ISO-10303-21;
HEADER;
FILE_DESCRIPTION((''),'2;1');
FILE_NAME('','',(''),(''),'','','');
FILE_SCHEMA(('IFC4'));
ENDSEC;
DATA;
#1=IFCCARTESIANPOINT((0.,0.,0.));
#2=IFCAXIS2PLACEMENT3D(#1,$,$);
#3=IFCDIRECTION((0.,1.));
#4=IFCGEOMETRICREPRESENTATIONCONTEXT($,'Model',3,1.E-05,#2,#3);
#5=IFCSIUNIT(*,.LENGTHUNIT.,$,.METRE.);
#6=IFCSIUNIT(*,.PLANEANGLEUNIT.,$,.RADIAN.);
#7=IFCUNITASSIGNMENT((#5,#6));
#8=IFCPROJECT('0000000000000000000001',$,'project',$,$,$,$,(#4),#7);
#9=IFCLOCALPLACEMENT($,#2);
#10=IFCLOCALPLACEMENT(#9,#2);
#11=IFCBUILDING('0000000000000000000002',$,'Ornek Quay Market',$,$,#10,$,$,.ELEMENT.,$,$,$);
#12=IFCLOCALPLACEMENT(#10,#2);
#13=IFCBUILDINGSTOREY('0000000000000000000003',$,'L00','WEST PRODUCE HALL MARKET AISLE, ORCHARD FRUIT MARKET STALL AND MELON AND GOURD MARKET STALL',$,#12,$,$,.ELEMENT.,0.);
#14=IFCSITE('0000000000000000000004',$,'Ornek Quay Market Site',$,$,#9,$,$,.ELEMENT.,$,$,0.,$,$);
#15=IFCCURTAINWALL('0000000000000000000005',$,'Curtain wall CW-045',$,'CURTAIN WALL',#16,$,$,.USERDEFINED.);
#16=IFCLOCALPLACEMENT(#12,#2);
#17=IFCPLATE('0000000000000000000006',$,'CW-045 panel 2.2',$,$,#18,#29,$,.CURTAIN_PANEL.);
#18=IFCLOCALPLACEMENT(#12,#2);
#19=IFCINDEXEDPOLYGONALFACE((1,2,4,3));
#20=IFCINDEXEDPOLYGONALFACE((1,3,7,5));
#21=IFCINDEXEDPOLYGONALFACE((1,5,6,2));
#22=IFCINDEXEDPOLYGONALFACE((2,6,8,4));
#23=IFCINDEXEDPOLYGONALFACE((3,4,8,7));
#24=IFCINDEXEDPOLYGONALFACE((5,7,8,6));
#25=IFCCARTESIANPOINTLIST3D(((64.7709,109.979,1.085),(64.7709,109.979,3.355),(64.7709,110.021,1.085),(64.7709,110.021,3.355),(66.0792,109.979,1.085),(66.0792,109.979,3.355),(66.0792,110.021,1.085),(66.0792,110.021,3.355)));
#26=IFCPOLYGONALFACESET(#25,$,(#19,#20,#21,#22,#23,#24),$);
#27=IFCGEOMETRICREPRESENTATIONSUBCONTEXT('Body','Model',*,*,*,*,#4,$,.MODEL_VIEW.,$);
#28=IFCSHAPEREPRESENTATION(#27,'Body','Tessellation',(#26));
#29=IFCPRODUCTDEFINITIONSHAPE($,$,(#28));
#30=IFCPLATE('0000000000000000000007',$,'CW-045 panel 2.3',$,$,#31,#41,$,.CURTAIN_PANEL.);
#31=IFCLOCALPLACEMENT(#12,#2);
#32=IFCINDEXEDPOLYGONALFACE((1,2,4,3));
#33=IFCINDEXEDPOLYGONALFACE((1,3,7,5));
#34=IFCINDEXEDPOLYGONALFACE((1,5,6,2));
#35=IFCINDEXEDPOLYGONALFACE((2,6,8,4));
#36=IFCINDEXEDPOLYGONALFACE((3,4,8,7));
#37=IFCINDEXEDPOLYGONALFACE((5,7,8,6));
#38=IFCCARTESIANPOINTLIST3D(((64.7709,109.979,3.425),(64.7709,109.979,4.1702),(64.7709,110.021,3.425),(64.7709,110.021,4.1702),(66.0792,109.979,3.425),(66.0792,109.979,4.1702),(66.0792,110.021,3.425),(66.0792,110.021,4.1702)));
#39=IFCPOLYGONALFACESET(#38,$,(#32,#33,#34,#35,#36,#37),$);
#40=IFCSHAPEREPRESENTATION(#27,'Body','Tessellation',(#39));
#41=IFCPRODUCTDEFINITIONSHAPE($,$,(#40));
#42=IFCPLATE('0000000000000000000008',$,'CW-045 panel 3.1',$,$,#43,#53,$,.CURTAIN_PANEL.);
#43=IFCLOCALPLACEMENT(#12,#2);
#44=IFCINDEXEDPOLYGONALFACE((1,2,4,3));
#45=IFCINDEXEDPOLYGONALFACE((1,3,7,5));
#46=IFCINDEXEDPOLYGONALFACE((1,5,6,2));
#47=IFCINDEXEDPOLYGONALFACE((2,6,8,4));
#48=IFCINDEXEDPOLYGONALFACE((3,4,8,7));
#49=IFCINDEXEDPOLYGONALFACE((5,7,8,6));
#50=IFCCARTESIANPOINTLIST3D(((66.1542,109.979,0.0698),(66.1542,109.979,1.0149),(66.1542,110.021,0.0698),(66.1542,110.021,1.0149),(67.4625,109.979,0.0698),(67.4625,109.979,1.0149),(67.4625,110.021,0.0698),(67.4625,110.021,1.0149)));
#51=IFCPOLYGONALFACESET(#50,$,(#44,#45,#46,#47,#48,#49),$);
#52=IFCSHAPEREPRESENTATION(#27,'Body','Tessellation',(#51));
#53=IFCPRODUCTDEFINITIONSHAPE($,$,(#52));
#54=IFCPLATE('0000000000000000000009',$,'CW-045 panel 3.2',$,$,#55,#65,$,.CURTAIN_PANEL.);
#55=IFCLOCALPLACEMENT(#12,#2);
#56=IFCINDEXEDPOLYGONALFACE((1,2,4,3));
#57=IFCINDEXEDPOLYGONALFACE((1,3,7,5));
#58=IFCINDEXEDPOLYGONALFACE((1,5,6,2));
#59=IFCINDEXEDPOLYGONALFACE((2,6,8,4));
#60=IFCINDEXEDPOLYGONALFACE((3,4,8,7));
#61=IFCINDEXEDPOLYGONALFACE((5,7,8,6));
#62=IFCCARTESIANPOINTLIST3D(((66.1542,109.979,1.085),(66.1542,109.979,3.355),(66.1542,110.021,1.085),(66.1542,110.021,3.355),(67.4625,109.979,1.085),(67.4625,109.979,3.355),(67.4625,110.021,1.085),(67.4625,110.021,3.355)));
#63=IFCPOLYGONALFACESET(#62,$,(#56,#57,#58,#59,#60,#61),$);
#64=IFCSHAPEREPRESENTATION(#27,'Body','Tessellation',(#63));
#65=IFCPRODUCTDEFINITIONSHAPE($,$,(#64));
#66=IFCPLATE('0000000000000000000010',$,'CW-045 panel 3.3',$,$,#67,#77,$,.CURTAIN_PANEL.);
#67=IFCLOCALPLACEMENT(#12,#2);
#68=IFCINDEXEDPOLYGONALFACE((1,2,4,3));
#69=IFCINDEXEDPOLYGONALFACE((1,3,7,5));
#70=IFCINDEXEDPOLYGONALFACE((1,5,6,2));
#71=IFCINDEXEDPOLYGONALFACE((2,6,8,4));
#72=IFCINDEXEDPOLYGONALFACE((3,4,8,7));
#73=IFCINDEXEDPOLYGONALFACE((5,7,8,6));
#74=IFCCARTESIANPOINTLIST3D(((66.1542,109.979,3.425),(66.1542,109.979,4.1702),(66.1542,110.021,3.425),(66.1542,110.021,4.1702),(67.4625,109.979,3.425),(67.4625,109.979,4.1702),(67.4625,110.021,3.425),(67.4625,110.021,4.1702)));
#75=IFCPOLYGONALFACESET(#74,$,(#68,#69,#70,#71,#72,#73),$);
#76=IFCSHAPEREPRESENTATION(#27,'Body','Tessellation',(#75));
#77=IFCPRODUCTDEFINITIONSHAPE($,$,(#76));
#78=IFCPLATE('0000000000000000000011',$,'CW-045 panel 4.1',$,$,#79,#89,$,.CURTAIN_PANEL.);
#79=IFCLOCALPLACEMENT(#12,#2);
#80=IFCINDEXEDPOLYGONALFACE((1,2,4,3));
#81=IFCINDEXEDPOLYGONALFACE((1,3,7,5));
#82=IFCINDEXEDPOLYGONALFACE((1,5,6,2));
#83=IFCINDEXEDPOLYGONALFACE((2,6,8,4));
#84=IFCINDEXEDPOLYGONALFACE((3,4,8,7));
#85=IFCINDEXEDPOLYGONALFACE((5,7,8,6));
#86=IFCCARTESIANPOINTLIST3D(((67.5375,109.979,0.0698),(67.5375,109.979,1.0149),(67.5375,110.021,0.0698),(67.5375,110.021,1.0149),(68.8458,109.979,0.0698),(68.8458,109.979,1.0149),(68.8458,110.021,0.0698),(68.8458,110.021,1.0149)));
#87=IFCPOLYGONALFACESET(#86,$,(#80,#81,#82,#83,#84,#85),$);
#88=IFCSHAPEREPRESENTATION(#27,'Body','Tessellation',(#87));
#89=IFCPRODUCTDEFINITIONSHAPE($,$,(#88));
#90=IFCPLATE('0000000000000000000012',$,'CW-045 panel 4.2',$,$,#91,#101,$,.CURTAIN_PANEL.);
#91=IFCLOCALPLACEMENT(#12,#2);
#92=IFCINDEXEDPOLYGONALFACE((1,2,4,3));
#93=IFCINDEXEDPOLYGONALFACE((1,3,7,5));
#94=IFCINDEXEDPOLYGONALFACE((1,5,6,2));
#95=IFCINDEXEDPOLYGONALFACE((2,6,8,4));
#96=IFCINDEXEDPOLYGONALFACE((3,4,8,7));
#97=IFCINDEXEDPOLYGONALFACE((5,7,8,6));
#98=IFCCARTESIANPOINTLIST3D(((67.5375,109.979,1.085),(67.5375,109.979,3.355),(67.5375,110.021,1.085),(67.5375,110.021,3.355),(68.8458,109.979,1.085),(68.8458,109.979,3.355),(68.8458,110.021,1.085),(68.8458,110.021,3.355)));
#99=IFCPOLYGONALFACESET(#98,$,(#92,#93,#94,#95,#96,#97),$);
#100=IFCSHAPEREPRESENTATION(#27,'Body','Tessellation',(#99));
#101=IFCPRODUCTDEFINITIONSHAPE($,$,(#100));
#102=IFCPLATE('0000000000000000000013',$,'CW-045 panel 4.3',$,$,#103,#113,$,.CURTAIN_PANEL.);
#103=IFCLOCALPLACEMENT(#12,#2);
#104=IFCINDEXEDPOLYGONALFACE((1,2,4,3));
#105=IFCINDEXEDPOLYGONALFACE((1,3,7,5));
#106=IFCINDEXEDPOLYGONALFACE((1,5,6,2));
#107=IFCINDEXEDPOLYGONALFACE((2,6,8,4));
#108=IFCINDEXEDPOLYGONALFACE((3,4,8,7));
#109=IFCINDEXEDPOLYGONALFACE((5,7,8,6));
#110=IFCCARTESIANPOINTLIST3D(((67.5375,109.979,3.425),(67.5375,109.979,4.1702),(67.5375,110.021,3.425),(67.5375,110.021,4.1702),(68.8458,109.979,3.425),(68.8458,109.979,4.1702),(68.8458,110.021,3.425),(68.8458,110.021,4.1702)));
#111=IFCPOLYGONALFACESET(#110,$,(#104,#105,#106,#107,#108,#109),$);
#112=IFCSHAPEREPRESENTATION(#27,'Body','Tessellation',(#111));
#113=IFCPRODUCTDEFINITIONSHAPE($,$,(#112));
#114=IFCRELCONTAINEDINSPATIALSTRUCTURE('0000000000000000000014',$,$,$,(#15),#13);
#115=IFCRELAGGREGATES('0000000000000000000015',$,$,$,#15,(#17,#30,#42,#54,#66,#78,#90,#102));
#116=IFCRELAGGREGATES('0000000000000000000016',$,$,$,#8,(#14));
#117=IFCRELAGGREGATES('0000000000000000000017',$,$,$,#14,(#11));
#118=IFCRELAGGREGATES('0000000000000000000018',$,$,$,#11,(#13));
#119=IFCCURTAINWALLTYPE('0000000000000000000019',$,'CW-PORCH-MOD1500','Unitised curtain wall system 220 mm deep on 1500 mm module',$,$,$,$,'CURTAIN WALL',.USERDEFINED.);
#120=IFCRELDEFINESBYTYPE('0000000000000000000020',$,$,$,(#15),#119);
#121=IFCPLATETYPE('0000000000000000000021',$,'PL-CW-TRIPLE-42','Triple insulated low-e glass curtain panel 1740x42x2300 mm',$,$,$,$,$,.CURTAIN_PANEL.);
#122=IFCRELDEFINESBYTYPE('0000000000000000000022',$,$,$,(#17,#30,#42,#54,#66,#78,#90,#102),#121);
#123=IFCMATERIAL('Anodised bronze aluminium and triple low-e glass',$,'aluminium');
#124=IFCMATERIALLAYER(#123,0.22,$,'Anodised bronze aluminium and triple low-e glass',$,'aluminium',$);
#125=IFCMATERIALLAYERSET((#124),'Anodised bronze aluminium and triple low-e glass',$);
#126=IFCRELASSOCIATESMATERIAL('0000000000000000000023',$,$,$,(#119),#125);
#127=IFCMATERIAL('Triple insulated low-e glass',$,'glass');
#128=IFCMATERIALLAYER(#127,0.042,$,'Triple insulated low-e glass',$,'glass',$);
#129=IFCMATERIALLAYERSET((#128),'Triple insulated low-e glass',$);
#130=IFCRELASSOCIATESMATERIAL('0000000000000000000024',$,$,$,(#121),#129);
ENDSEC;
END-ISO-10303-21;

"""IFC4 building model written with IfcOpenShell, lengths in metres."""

from ifc_helpers import new_model, si_unit, direction, frame, origin, origin_2d, place, context, subcontext, project, spatial, rectangle, extrude, material, layer, layer_set, type_object, element, aggregate, save


model = new_model("IFC4")

# Units and contexts
model_context = context("Model", 3, precision=1e-05, world=origin(), true_north=direction((0.0, 1.0)))
body_context = subcontext(model_context, "Body", "Model", "MODEL_VIEW")
ifc_project = project(units=[si_unit("LENGTHUNIT", "METRE"), si_unit("PLANEANGLEUNIT", "RADIAN")], contexts=[model_context])

# Site, building, storey
site_placement = place(None, origin())
site = spatial("IfcSite", under=ifc_project, at=site_placement, Name="Ornek Quay Market Site", CompositionType="ELEMENT", RefElevation=0.0)
building_placement = place(site_placement, origin())
building = spatial("IfcBuilding", under=site, at=building_placement, Name="Ornek Quay Market", CompositionType="ELEMENT")
storey_placement = place(building_placement, origin())
storey = spatial("IfcBuildingStorey", under=building, at=storey_placement, Name="L00", Description="WEST PRODUCE HALL MARKET AISLE, ORCHARD FRUIT MARKET STALL AND MELON AND GOURD MARKET STALL", CompositionType="ELEMENT", Elevation=0.0)

# Curtain wall, plates
ifc_material_1 = material(Name="Anodised bronze aluminium and triple low-e glass", Category="aluminium")
ifc_layer_1 = layer(ifc_material_1, 0.22, Name="Anodised bronze aluminium and triple low-e glass", Category="aluminium")
ifc_layer_set_1 = layer_set([ifc_layer_1], Name="Anodised bronze aluminium and triple low-e glass")
curtain_wall_type = type_object("IfcCurtainWallType", Name="CW-PORCH-MOD1500", Description="Unitised curtain wall system 220 mm deep on 1500 mm module", ElementType="CURTAIN WALL", PredefinedType="USERDEFINED", material=ifc_layer_set_1)
curtain_wall_placement = place(storey_placement, origin())
curtain_wall = element("IfcCurtainWall", 1, at=curtain_wall_placement, inside=storey, type_object=curtain_wall_type, Name="Curtain wall CW-045", ObjectType="CURTAIN WALL", PredefinedType="USERDEFINED")
ifc_material_2 = material(Name="Triple insulated low-e glass", Category="glass")
ifc_layer_2 = layer(ifc_material_2, 0.042, Name="Triple insulated low-e glass", Category="glass")
ifc_layer_set_2 = layer_set([ifc_layer_2], Name="Triple insulated low-e glass")
plate_type = type_object("IfcPlateType", Name="PL-CW-TRIPLE-42", Description="Triple insulated low-e glass curtain panel 1740x42x2300 mm", PredefinedType="CURTAIN_PANEL", material=ifc_layer_set_2)
plate_1_placement = place(storey_placement, frame((65.425, 110.0, 1.085), z_axis=(0.0, 0.0, 1.0), x_axis=(1.0, 0.0, 0.0)))
plate_1 = element("IfcPlate", 2, at=plate_1_placement, type_object=plate_type, Name="CW-045 panel 2.2", PredefinedType="CURTAIN_PANEL", context=body_context, shape_type="SweptSolid", body=[
    extrude(rectangle(XDim=1.3083, YDim=0.042, at=origin_2d()), origin(), (0.0, 0.0, 1.0), 2.27),
])
plate_2_placement = place(storey_placement, frame((65.425, 110.0, 3.425), z_axis=(0.0, 0.0, 1.0), x_axis=(1.0, 0.0, 0.0)))
plate_2 = element("IfcPlate", 3, at=plate_2_placement, type_object=plate_type, Name="CW-045 panel 2.3", PredefinedType="CURTAIN_PANEL", context=body_context, shape_type="SweptSolid", body=[
    extrude(rectangle(XDim=1.3083, YDim=0.042, at=origin_2d()), origin(), (0.0, 0.0, 1.0), 0.7451),
])
plate_3_placement = place(storey_placement, frame((66.8083, 110.0, 0.0698), z_axis=(0.0, 0.0, 1.0), x_axis=(1.0, 0.0, 0.0)))
plate_3 = element("IfcPlate", 4, at=plate_3_placement, type_object=plate_type, Name="CW-045 panel 3.1", PredefinedType="CURTAIN_PANEL", context=body_context, shape_type="SweptSolid", body=[
    extrude(rectangle(XDim=1.3083, YDim=0.042, at=origin_2d()), origin(), (0.0, 0.0, 1.0), 0.9451),
])
plate_4_placement = place(storey_placement, frame((66.8083, 110.0, 1.085), z_axis=(0.0, 0.0, 1.0), x_axis=(1.0, 0.0, 0.0)))
plate_4 = element("IfcPlate", 5, at=plate_4_placement, type_object=plate_type, Name="CW-045 panel 3.2", PredefinedType="CURTAIN_PANEL", context=body_context, shape_type="SweptSolid", body=[
    extrude(rectangle(XDim=1.3083, YDim=0.042, at=origin_2d()), origin(), (0.0, 0.0, 1.0), 2.27),
])
plate_5_placement = place(storey_placement, frame((66.8083, 110.0, 3.425), z_axis=(0.0, 0.0, 1.0), x_axis=(1.0, 0.0, 0.0)))
plate_5 = element("IfcPlate", 6, at=plate_5_placement, type_object=plate_type, Name="CW-045 panel 3.3", PredefinedType="CURTAIN_PANEL", context=body_context, shape_type="SweptSolid", body=[
    extrude(rectangle(XDim=1.3083, YDim=0.042, at=origin_2d()), origin(), (0.0, 0.0, 1.0), 0.7451),
])
plate_6_placement = place(storey_placement, frame((68.1917, 110.0, 0.0698), z_axis=(0.0, 0.0, 1.0), x_axis=(1.0, 0.0, 0.0)))
plate_6 = element("IfcPlate", 7, at=plate_6_placement, type_object=plate_type, Name="CW-045 panel 4.1", PredefinedType="CURTAIN_PANEL", context=body_context, shape_type="SweptSolid", body=[
    extrude(rectangle(XDim=1.3083, YDim=0.042, at=origin_2d()), origin(), (0.0, 0.0, 1.0), 0.9451),
])
plate_7_placement = place(storey_placement, frame((68.1917, 110.0, 1.085), z_axis=(0.0, 0.0, 1.0), x_axis=(1.0, 0.0, 0.0)))
plate_7 = element("IfcPlate", 8, at=plate_7_placement, type_object=plate_type, Name="CW-045 panel 4.2", PredefinedType="CURTAIN_PANEL", context=body_context, shape_type="SweptSolid", body=[
    extrude(rectangle(XDim=1.3083, YDim=0.042, at=origin_2d()), origin(), (0.0, 0.0, 1.0), 2.27),
])
plate_8_placement = place(storey_placement, frame((68.1917, 110.0, 3.425), z_axis=(0.0, 0.0, 1.0), x_axis=(1.0, 0.0, 0.0)))
plate_8 = element("IfcPlate", 9, at=plate_8_placement, type_object=plate_type, Name="CW-045 panel 4.3", PredefinedType="CURTAIN_PANEL", context=body_context, shape_type="SweptSolid", body=[
    extrude(rectangle(XDim=1.3083, YDim=0.042, at=origin_2d()), origin(), (0.0, 0.0, 1.0), 0.7451),
])
aggregate(curtain_wall, [plate_1, plate_2, plate_3, plate_4, plate_5, plate_6, plate_7, plate_8])

save(model, "model.ifc")
